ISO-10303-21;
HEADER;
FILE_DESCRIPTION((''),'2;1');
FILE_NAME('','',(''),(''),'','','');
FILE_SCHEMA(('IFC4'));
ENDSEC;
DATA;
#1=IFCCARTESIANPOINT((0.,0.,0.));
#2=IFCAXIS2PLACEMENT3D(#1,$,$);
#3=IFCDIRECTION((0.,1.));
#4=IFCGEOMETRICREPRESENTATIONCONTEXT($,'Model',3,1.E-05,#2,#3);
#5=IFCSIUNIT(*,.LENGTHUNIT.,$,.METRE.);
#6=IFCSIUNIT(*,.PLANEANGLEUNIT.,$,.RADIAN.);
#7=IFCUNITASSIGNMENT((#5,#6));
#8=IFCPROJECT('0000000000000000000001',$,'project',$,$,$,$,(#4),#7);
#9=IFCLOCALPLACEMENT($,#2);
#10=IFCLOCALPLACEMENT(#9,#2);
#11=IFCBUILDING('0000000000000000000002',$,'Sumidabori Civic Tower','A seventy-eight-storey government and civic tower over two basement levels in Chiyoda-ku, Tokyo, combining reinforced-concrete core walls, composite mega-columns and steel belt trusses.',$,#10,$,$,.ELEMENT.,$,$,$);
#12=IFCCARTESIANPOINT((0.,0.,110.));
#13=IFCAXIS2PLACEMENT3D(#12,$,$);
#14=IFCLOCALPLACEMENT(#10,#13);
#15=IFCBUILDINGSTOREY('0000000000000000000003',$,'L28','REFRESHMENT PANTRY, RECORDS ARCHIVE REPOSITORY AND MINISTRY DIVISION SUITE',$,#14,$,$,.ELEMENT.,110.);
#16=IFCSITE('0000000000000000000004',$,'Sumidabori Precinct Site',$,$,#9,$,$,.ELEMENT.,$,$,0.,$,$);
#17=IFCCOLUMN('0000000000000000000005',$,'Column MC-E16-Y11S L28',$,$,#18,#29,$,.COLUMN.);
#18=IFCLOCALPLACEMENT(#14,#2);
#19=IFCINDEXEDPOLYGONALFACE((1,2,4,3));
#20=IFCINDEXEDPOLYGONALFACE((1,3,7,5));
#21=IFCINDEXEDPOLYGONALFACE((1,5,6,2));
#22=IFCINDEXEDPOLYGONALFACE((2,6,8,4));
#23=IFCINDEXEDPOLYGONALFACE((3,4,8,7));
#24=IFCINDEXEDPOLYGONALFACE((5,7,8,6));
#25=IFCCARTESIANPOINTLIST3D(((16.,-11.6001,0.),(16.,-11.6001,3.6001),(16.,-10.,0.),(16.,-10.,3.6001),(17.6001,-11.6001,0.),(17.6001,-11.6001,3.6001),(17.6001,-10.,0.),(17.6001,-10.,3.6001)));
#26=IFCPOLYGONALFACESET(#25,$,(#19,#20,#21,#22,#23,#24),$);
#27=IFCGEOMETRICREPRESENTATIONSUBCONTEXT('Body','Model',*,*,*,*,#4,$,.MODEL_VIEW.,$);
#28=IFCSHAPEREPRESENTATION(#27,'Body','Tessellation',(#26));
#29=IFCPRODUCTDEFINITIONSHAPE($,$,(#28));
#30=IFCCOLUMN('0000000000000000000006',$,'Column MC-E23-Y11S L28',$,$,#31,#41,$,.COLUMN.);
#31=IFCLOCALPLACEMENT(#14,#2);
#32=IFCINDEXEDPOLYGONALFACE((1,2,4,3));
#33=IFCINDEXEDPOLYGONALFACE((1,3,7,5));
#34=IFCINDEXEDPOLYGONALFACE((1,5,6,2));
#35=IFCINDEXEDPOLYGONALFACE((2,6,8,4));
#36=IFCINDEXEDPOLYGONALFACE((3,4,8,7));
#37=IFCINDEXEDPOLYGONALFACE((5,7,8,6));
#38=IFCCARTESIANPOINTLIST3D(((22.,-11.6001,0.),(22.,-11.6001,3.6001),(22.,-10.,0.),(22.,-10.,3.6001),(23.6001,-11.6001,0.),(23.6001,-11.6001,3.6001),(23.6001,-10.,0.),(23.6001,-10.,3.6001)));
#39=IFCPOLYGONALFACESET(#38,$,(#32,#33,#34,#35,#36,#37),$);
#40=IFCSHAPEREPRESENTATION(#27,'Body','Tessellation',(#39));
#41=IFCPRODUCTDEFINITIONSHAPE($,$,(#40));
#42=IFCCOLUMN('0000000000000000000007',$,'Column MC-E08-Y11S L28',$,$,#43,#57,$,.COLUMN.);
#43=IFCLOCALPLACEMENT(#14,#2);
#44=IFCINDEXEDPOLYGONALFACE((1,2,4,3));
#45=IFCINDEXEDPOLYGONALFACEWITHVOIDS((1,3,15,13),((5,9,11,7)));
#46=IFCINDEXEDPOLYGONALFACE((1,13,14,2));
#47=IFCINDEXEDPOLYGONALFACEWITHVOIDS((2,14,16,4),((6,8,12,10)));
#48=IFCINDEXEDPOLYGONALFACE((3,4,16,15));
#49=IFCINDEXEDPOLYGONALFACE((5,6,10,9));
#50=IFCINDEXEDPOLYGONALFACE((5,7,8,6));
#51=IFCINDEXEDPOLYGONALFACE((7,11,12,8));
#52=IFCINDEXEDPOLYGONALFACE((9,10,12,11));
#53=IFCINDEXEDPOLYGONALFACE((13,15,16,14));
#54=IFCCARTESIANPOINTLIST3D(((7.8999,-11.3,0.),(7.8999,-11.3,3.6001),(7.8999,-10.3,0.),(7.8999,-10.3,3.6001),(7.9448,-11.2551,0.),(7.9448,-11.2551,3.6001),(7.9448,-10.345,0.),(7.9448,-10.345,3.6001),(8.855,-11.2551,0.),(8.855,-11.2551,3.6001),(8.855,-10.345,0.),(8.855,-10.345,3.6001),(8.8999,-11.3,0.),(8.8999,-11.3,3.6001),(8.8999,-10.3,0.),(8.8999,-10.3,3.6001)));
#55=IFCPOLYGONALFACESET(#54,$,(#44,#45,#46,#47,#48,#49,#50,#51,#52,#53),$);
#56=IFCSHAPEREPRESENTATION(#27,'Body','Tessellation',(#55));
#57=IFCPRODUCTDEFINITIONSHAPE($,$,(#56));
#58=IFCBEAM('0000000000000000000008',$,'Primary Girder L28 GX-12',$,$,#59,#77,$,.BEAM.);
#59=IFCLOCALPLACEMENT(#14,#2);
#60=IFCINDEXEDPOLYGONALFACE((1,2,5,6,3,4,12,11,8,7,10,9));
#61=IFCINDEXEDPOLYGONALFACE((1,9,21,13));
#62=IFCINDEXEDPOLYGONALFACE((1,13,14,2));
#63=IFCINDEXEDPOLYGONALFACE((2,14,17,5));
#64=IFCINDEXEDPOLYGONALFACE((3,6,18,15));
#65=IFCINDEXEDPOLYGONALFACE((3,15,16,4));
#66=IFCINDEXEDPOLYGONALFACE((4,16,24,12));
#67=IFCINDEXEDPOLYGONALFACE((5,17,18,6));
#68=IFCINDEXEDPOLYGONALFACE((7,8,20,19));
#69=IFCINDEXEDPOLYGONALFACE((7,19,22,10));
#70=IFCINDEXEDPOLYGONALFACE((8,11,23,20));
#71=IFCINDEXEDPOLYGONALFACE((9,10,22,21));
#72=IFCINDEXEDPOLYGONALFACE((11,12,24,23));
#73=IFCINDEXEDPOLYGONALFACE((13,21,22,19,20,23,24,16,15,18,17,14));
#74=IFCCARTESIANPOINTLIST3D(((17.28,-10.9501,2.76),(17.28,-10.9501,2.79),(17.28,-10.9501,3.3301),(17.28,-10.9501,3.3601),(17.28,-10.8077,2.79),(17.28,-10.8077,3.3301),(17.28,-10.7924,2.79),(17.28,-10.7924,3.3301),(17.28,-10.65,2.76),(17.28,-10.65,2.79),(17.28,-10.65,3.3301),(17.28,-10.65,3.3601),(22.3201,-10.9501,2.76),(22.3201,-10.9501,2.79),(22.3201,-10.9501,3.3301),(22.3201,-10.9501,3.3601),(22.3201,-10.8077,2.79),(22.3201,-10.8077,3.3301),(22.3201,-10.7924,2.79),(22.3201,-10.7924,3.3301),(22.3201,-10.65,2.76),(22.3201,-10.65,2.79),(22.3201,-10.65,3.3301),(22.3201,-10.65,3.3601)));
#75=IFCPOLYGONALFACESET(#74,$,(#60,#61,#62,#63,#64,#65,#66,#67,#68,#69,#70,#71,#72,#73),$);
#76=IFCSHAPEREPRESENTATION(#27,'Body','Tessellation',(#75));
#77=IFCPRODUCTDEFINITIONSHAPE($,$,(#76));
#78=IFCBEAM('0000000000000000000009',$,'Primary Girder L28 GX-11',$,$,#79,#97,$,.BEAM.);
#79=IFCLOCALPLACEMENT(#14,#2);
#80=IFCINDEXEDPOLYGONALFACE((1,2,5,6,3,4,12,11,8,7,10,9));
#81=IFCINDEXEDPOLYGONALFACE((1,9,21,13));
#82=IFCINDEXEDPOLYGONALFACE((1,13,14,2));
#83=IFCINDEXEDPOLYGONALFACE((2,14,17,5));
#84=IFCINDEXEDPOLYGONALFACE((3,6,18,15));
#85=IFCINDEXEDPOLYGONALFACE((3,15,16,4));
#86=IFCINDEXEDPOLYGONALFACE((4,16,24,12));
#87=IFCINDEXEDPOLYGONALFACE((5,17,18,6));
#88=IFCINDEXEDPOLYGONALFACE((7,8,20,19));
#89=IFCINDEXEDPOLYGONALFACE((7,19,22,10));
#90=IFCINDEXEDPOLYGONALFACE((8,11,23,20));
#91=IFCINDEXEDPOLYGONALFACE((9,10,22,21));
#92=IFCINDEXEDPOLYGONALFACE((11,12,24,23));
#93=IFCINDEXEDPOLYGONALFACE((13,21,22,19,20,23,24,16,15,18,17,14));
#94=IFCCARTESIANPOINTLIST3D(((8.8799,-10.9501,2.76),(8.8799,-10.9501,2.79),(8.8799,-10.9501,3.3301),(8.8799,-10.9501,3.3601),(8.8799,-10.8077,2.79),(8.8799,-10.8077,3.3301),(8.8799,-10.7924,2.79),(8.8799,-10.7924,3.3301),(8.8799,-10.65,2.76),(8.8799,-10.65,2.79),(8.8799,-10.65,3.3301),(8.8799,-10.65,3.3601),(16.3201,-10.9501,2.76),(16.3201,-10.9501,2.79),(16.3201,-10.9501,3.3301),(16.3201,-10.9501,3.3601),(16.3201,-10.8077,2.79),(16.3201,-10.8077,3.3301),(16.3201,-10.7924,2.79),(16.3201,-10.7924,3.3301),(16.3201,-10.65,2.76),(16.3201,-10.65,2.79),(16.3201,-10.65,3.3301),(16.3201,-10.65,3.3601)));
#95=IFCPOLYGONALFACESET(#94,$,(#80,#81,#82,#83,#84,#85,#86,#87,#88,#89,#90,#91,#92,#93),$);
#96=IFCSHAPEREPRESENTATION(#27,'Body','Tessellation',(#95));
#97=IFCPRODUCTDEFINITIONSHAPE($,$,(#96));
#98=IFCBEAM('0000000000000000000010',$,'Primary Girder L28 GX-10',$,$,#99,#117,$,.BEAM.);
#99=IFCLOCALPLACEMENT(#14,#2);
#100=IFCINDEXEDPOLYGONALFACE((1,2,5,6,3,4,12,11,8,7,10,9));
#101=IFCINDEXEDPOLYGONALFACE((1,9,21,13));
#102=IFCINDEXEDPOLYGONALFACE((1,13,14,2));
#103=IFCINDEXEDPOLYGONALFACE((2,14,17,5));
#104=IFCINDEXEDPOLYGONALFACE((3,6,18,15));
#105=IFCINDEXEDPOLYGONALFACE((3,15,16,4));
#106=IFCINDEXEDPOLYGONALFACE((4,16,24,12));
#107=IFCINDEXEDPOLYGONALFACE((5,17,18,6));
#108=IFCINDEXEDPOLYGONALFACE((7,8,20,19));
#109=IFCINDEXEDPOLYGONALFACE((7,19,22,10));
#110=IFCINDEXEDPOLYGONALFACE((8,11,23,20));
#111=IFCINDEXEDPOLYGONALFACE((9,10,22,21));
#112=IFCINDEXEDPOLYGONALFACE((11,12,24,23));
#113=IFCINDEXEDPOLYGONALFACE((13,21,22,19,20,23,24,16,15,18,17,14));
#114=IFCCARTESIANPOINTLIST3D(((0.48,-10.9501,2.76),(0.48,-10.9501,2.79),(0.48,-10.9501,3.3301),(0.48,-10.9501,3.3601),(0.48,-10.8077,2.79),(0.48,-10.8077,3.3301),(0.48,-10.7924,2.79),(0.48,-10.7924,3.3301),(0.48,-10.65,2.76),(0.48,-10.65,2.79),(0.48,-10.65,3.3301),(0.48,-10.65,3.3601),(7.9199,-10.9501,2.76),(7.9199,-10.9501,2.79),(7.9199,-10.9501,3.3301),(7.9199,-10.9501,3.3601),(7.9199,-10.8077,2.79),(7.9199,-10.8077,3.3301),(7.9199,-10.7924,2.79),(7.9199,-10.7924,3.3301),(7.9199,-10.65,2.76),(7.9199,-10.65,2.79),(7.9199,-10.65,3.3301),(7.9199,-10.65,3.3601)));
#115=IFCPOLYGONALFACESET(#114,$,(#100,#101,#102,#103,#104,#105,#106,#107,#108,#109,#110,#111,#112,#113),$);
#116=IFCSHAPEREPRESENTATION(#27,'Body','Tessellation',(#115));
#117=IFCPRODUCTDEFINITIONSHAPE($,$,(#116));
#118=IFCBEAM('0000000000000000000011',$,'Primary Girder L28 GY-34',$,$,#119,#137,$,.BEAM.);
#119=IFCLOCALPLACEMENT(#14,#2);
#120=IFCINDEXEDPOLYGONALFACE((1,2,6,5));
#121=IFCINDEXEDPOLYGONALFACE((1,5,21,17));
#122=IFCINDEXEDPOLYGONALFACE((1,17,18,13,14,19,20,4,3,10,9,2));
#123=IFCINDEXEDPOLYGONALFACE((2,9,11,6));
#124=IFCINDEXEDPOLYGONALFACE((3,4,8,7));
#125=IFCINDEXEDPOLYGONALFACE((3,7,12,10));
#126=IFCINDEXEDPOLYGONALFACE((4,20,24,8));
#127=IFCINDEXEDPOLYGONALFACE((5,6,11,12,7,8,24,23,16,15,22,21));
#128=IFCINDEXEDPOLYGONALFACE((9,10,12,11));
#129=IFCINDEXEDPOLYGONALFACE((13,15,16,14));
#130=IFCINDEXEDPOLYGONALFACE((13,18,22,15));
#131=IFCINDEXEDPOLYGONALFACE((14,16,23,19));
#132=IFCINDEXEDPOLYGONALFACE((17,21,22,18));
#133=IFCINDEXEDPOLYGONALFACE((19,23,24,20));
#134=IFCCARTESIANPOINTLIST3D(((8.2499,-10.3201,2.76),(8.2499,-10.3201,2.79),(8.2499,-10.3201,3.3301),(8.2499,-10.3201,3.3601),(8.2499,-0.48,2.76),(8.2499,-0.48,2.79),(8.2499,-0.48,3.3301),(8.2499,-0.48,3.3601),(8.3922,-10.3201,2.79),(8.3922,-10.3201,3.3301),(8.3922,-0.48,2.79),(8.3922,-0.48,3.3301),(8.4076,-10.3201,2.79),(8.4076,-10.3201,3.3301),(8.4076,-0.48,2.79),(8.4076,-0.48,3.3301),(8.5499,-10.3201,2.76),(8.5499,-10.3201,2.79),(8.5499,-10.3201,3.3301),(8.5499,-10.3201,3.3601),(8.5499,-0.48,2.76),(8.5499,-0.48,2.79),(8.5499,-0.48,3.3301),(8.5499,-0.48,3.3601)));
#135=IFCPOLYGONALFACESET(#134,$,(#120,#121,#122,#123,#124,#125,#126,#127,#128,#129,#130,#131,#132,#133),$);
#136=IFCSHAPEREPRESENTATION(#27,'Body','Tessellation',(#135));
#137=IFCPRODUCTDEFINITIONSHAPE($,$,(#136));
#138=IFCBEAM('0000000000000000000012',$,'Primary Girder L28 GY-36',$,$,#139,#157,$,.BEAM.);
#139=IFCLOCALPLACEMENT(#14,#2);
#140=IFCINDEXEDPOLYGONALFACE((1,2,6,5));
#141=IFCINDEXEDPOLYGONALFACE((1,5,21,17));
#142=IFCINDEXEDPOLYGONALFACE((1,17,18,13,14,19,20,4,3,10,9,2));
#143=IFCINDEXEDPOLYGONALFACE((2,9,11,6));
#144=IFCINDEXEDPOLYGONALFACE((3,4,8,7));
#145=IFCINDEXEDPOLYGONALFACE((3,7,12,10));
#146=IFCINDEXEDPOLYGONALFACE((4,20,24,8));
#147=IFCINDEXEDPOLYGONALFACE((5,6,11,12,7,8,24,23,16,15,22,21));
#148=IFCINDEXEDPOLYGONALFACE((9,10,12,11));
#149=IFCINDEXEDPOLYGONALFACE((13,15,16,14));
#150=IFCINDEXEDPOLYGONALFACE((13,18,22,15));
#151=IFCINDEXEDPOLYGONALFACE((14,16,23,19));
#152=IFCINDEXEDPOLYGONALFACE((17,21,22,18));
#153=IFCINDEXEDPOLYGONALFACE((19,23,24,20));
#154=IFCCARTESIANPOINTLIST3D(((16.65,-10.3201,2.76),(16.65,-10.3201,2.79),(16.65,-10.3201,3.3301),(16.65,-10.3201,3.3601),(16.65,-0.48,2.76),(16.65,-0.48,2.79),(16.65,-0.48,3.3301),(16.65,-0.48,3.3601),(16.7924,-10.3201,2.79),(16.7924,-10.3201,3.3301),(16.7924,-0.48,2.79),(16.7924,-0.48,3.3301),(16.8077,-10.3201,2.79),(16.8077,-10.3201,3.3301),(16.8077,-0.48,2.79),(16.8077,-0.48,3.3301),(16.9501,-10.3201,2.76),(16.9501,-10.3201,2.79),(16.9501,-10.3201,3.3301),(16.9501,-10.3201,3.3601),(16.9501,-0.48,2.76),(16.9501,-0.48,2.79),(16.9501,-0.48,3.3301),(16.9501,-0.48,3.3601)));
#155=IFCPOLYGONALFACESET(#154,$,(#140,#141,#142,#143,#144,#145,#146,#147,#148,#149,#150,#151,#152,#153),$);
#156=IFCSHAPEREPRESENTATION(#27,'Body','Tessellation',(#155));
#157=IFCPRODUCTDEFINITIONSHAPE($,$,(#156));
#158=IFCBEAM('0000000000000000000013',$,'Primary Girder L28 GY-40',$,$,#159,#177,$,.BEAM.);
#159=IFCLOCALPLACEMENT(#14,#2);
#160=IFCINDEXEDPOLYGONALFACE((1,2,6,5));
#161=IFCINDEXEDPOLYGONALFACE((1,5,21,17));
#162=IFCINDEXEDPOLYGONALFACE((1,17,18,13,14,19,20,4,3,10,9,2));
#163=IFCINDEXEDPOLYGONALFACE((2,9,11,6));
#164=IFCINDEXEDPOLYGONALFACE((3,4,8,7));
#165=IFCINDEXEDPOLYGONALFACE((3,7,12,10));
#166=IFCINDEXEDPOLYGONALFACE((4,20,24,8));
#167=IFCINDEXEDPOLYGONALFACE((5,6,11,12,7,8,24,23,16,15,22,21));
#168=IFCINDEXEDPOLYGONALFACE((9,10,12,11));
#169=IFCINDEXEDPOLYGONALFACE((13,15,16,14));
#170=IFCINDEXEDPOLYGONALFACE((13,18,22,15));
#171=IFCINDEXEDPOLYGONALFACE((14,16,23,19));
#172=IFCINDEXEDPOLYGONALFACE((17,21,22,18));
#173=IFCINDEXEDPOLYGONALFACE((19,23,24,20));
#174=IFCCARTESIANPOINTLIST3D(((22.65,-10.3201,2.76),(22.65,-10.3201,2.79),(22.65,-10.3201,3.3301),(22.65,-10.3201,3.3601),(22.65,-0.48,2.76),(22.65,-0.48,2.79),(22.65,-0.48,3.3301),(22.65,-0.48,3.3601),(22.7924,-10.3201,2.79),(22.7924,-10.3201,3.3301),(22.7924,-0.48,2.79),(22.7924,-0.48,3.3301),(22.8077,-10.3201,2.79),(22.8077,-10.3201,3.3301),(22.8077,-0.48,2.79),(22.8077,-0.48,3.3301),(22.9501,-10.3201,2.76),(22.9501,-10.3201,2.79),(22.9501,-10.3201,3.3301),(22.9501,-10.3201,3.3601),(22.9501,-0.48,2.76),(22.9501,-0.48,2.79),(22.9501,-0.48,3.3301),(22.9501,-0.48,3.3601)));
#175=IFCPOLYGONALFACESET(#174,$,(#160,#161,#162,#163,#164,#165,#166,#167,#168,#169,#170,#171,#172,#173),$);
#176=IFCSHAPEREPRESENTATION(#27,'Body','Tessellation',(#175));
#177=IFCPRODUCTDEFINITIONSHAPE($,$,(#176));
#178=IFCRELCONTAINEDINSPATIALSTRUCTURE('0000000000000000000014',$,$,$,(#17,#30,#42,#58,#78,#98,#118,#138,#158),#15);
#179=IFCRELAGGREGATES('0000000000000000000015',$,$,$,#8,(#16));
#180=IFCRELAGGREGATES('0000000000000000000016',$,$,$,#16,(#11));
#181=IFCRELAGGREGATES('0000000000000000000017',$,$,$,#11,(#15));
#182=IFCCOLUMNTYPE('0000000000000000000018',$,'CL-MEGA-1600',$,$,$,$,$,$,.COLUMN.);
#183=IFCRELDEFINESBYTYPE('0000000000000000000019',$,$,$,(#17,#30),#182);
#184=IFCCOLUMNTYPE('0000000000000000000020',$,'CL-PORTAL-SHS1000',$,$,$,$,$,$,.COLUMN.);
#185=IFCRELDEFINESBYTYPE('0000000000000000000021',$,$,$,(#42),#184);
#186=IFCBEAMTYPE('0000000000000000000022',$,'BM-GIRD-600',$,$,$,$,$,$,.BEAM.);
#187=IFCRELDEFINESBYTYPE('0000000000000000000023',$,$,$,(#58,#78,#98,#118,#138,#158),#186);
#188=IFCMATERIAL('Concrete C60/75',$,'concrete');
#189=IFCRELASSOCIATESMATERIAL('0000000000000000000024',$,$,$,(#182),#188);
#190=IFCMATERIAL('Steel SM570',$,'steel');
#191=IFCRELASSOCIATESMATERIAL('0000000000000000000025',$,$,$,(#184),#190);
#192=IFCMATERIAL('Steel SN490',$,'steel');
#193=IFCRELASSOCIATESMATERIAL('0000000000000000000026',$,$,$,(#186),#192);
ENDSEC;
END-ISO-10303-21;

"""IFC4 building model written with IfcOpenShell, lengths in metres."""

from ifc_helpers import new_model, si_unit, direction, frame, origin, origin_2d, place, context, subcontext, project, spatial, rectangle, hollow_rectangle, i_section, extrude, source, transform, mapped, material, material_profile, profile_set, type_object, element, save


model = new_model("IFC4")

# Units and contexts
model_context = context("Model", 3, precision=1e-05, world=origin(), true_north=direction((0.0, 1.0)))
body_context = subcontext(model_context, "Body", "Model", "MODEL_VIEW")
ifc_project = project(units=[si_unit("LENGTHUNIT", "METRE"), si_unit("PLANEANGLEUNIT", "RADIAN")], contexts=[model_context])

# Site, building, storey
site_placement = place(None, origin())
site = spatial("IfcSite", under=ifc_project, at=site_placement, Name="Sumidabori Precinct Site", CompositionType="ELEMENT", RefElevation=0.0)
building_placement = place(site_placement, origin())
building = spatial("IfcBuilding", under=site, at=building_placement, Name="Sumidabori Civic Tower", Description="A seventy-eight-storey government and civic tower over two basement levels in Chiyoda-ku, Tokyo, combining reinforced-concrete core walls, composite mega-columns and steel belt trusses.", CompositionType="ELEMENT")
storey_placement = place(building_placement, frame((0.0, 0.0, 110.0)))
storey = spatial("IfcBuildingStorey", under=building, at=storey_placement, Name="L28", Description="REFRESHMENT PANTRY, RECORDS ARCHIVE REPOSITORY AND MINISTRY DIVISION SUITE", CompositionType="ELEMENT", Elevation=110.0)

# Columns
ifc_material_1 = material(Name="Concrete C60/75", Category="concrete")
ifc_material_profile_1 = material_profile(ifc_material_1, rectangle(XDim=1.6001, YDim=1.6001, at=origin_2d()), Name="RC 1600x1600")
ifc_profile_set_1 = profile_set([ifc_material_profile_1], Name="Concrete C60/75")
column_type_1 = type_object("IfcColumnType", Name="CL-MEGA-1600", PredefinedType="COLUMN", material=ifc_profile_set_1)
shared_shape_1 = source(origin(), body_context, "Body", "SweptSolid", [
    extrude(rectangle(XDim=1.6001, YDim=1.6001, at=origin_2d()), origin(), (0.0, 0.0, 1.0), 3.6001),
])
for number, where, z_axis, x_axis, name in (
    (1, (16.8, -10.8, 0.0), (0.0, 0.0, 1.0), (1.0, 0.0, 0.0), "Column MC-E16-Y11S L28"),
    (2, (22.8, -10.8, 0.0), (0.0, 0.0, 1.0), (1.0, 0.0, 0.0), "Column MC-E23-Y11S L28"),
):
    element("IfcColumn", number, at=place(storey_placement, frame(where, z_axis=z_axis, x_axis=x_axis)), inside=storey, type_object=column_type_1, Name=name, PredefinedType="COLUMN", context=body_context, shape_type="MappedRepresentation", body=[
        mapped(shared_shape_1, transform((0.0, 0.0, 0.0), x_axis=(1.0, 0.0, 0.0), y_axis=(0.0, 1.0, 0.0), z_axis=(0.0, 0.0, 1.0), scale=1.0)),
    ])
ifc_material_2 = material(Name="Steel SM570", Category="steel")
ifc_material_profile_2 = material_profile(ifc_material_2, hollow_rectangle(XDim=1.0, YDim=1.0, WallThickness=0.0449, at=origin_2d()), Name="SHS 1000x1000x45")
ifc_profile_set_2 = profile_set([ifc_material_profile_2], Name="Steel SM570")
column_type_2 = type_object("IfcColumnType", Name="CL-PORTAL-SHS1000", PredefinedType="COLUMN", material=ifc_profile_set_2)
shared_shape_2 = source(origin(), body_context, "Body", "SweptSolid", [
    extrude(hollow_rectangle(XDim=1.0, YDim=1.0, WallThickness=0.0449, at=origin_2d()), origin(), (0.0, 0.0, 1.0), 3.6001),
])
column_placement = place(storey_placement, frame((8.3999, -10.8, 0.0), z_axis=(0.0, 0.0, 1.0), x_axis=(1.0, 0.0, 0.0)))
element("IfcColumn", 3, at=column_placement, inside=storey, type_object=column_type_2, Name="Column MC-E08-Y11S L28", PredefinedType="COLUMN", context=body_context, shape_type="MappedRepresentation", body=[
    mapped(shared_shape_2, transform((0.0, 0.0, 0.0), x_axis=(1.0, 0.0, 0.0), y_axis=(0.0, 1.0, 0.0), z_axis=(0.0, 0.0, 1.0), scale=1.0)),
])

# Beams
ifc_material_3 = material(Name="Steel SN490", Category="steel")
ifc_material_profile_3 = material_profile(ifc_material_3, i_section(OverallWidth=0.3, OverallDepth=0.6001, WebThickness=0.0154, FlangeThickness=0.03, at=origin_2d()), Name="HE 600 B")
ifc_profile_set_3 = profile_set([ifc_material_profile_3], Name="Steel SN490")
beam_type_1 = type_object("IfcBeamType", Name="BM-GIRD-600", PredefinedType="BEAM", material=ifc_profile_set_3)
shared_shape_3 = source(origin(), body_context, "Body", "SweptSolid", [
    extrude(i_section(OverallWidth=0.3, OverallDepth=0.6001, WebThickness=0.0154, FlangeThickness=0.03, at=origin_2d()), origin(), (0.0, 0.0, 1.0), 5.04),
])
beam_1_placement = place(storey_placement, frame((17.28, -10.8, 3.0601), z_axis=(1.0, 0.0, 0.0), x_axis=(0.0, 1.0, 0.0)))
element("IfcBeam", 4, at=beam_1_placement, inside=storey, type_object=beam_type_1, Name="Primary Girder L28 GX-12", PredefinedType="BEAM", context=body_context, shape_type="MappedRepresentation", body=[
    mapped(shared_shape_3, transform((0.0, 0.0, 0.0), x_axis=(1.0, 0.0, 0.0), y_axis=(0.0, 1.0, 0.0), z_axis=(0.0, 0.0, 1.0), scale=1.0)),
])
shared_shape_4 = source(origin(), body_context, "Body", "SweptSolid", [
    extrude(i_section(OverallWidth=0.3, OverallDepth=0.6001, WebThickness=0.0154, FlangeThickness=0.03, at=origin_2d()), origin(), (0.0, 0.0, 1.0), 7.4402),
])
beam_2_placement = place(storey_placement, frame((8.8799, -10.8, 3.0601), z_axis=(1.0, 0.0, 0.0), x_axis=(0.0, 1.0, 0.0)))
element("IfcBeam", 5, at=beam_2_placement, inside=storey, type_object=beam_type_1, Name="Primary Girder L28 GX-11", PredefinedType="BEAM", context=body_context, shape_type="MappedRepresentation", body=[
    mapped(shared_shape_4, transform((0.0, 0.0, 0.0), x_axis=(1.0, 0.0, 0.0), y_axis=(0.0, 1.0, 0.0), z_axis=(0.0, 0.0, 1.0), scale=1.0)),
])
shared_shape_5 = source(origin(), body_context, "Body", "SweptSolid", [
    extrude(i_section(OverallWidth=0.3, OverallDepth=0.6001, WebThickness=0.0154, FlangeThickness=0.03, at=origin_2d()), origin(), (0.0, 0.0, 1.0), 7.4399),
])
beam_3_placement = place(storey_placement, frame((0.48, -10.8, 3.0601), z_axis=(1.0, 0.0, 0.0), x_axis=(0.0, 1.0, 0.0)))
element("IfcBeam", 6, at=beam_3_placement, inside=storey, type_object=beam_type_1, Name="Primary Girder L28 GX-10", PredefinedType="BEAM", context=body_context, shape_type="MappedRepresentation", body=[
    mapped(shared_shape_5, transform((0.0, 0.0, 0.0), x_axis=(1.0, 0.0, 0.0), y_axis=(0.0, 1.0, 0.0), z_axis=(0.0, 0.0, 1.0), scale=1.0)),
])
shared_shape_6 = source(origin(), body_context, "Body", "SweptSolid", [
    extrude(i_section(OverallWidth=0.3, OverallDepth=0.6001, WebThickness=0.0154, FlangeThickness=0.03, at=origin_2d()), origin(), (0.0, 0.0, 1.0), 9.8401),
])
for number, where, z_axis, x_axis, name in (
    (7, (8.3999, -10.3201, 3.0601), (0.0, 1.0, 0.0), (-1.0, 0.0, 0.0), "Primary Girder L28 GY-34"),
    (8, (16.8, -10.3201, 3.0601), (0.0, 1.0, 0.0), (-1.0, 0.0, 0.0), "Primary Girder L28 GY-36"),
    (9, (22.8, -10.3201, 3.0601), (0.0, 1.0, 0.0), (-1.0, 0.0, 0.0), "Primary Girder L28 GY-40"),
):
    element("IfcBeam", number, at=place(storey_placement, frame(where, z_axis=z_axis, x_axis=x_axis)), inside=storey, type_object=beam_type_1, Name=name, PredefinedType="BEAM", context=body_context, shape_type="MappedRepresentation", body=[
        mapped(shared_shape_6, transform((0.0, 0.0, 0.0), x_axis=(1.0, 0.0, 0.0), y_axis=(0.0, 1.0, 0.0), z_axis=(0.0, 0.0, 1.0), scale=1.0)),
    ])

save(model, "model.ifc")
